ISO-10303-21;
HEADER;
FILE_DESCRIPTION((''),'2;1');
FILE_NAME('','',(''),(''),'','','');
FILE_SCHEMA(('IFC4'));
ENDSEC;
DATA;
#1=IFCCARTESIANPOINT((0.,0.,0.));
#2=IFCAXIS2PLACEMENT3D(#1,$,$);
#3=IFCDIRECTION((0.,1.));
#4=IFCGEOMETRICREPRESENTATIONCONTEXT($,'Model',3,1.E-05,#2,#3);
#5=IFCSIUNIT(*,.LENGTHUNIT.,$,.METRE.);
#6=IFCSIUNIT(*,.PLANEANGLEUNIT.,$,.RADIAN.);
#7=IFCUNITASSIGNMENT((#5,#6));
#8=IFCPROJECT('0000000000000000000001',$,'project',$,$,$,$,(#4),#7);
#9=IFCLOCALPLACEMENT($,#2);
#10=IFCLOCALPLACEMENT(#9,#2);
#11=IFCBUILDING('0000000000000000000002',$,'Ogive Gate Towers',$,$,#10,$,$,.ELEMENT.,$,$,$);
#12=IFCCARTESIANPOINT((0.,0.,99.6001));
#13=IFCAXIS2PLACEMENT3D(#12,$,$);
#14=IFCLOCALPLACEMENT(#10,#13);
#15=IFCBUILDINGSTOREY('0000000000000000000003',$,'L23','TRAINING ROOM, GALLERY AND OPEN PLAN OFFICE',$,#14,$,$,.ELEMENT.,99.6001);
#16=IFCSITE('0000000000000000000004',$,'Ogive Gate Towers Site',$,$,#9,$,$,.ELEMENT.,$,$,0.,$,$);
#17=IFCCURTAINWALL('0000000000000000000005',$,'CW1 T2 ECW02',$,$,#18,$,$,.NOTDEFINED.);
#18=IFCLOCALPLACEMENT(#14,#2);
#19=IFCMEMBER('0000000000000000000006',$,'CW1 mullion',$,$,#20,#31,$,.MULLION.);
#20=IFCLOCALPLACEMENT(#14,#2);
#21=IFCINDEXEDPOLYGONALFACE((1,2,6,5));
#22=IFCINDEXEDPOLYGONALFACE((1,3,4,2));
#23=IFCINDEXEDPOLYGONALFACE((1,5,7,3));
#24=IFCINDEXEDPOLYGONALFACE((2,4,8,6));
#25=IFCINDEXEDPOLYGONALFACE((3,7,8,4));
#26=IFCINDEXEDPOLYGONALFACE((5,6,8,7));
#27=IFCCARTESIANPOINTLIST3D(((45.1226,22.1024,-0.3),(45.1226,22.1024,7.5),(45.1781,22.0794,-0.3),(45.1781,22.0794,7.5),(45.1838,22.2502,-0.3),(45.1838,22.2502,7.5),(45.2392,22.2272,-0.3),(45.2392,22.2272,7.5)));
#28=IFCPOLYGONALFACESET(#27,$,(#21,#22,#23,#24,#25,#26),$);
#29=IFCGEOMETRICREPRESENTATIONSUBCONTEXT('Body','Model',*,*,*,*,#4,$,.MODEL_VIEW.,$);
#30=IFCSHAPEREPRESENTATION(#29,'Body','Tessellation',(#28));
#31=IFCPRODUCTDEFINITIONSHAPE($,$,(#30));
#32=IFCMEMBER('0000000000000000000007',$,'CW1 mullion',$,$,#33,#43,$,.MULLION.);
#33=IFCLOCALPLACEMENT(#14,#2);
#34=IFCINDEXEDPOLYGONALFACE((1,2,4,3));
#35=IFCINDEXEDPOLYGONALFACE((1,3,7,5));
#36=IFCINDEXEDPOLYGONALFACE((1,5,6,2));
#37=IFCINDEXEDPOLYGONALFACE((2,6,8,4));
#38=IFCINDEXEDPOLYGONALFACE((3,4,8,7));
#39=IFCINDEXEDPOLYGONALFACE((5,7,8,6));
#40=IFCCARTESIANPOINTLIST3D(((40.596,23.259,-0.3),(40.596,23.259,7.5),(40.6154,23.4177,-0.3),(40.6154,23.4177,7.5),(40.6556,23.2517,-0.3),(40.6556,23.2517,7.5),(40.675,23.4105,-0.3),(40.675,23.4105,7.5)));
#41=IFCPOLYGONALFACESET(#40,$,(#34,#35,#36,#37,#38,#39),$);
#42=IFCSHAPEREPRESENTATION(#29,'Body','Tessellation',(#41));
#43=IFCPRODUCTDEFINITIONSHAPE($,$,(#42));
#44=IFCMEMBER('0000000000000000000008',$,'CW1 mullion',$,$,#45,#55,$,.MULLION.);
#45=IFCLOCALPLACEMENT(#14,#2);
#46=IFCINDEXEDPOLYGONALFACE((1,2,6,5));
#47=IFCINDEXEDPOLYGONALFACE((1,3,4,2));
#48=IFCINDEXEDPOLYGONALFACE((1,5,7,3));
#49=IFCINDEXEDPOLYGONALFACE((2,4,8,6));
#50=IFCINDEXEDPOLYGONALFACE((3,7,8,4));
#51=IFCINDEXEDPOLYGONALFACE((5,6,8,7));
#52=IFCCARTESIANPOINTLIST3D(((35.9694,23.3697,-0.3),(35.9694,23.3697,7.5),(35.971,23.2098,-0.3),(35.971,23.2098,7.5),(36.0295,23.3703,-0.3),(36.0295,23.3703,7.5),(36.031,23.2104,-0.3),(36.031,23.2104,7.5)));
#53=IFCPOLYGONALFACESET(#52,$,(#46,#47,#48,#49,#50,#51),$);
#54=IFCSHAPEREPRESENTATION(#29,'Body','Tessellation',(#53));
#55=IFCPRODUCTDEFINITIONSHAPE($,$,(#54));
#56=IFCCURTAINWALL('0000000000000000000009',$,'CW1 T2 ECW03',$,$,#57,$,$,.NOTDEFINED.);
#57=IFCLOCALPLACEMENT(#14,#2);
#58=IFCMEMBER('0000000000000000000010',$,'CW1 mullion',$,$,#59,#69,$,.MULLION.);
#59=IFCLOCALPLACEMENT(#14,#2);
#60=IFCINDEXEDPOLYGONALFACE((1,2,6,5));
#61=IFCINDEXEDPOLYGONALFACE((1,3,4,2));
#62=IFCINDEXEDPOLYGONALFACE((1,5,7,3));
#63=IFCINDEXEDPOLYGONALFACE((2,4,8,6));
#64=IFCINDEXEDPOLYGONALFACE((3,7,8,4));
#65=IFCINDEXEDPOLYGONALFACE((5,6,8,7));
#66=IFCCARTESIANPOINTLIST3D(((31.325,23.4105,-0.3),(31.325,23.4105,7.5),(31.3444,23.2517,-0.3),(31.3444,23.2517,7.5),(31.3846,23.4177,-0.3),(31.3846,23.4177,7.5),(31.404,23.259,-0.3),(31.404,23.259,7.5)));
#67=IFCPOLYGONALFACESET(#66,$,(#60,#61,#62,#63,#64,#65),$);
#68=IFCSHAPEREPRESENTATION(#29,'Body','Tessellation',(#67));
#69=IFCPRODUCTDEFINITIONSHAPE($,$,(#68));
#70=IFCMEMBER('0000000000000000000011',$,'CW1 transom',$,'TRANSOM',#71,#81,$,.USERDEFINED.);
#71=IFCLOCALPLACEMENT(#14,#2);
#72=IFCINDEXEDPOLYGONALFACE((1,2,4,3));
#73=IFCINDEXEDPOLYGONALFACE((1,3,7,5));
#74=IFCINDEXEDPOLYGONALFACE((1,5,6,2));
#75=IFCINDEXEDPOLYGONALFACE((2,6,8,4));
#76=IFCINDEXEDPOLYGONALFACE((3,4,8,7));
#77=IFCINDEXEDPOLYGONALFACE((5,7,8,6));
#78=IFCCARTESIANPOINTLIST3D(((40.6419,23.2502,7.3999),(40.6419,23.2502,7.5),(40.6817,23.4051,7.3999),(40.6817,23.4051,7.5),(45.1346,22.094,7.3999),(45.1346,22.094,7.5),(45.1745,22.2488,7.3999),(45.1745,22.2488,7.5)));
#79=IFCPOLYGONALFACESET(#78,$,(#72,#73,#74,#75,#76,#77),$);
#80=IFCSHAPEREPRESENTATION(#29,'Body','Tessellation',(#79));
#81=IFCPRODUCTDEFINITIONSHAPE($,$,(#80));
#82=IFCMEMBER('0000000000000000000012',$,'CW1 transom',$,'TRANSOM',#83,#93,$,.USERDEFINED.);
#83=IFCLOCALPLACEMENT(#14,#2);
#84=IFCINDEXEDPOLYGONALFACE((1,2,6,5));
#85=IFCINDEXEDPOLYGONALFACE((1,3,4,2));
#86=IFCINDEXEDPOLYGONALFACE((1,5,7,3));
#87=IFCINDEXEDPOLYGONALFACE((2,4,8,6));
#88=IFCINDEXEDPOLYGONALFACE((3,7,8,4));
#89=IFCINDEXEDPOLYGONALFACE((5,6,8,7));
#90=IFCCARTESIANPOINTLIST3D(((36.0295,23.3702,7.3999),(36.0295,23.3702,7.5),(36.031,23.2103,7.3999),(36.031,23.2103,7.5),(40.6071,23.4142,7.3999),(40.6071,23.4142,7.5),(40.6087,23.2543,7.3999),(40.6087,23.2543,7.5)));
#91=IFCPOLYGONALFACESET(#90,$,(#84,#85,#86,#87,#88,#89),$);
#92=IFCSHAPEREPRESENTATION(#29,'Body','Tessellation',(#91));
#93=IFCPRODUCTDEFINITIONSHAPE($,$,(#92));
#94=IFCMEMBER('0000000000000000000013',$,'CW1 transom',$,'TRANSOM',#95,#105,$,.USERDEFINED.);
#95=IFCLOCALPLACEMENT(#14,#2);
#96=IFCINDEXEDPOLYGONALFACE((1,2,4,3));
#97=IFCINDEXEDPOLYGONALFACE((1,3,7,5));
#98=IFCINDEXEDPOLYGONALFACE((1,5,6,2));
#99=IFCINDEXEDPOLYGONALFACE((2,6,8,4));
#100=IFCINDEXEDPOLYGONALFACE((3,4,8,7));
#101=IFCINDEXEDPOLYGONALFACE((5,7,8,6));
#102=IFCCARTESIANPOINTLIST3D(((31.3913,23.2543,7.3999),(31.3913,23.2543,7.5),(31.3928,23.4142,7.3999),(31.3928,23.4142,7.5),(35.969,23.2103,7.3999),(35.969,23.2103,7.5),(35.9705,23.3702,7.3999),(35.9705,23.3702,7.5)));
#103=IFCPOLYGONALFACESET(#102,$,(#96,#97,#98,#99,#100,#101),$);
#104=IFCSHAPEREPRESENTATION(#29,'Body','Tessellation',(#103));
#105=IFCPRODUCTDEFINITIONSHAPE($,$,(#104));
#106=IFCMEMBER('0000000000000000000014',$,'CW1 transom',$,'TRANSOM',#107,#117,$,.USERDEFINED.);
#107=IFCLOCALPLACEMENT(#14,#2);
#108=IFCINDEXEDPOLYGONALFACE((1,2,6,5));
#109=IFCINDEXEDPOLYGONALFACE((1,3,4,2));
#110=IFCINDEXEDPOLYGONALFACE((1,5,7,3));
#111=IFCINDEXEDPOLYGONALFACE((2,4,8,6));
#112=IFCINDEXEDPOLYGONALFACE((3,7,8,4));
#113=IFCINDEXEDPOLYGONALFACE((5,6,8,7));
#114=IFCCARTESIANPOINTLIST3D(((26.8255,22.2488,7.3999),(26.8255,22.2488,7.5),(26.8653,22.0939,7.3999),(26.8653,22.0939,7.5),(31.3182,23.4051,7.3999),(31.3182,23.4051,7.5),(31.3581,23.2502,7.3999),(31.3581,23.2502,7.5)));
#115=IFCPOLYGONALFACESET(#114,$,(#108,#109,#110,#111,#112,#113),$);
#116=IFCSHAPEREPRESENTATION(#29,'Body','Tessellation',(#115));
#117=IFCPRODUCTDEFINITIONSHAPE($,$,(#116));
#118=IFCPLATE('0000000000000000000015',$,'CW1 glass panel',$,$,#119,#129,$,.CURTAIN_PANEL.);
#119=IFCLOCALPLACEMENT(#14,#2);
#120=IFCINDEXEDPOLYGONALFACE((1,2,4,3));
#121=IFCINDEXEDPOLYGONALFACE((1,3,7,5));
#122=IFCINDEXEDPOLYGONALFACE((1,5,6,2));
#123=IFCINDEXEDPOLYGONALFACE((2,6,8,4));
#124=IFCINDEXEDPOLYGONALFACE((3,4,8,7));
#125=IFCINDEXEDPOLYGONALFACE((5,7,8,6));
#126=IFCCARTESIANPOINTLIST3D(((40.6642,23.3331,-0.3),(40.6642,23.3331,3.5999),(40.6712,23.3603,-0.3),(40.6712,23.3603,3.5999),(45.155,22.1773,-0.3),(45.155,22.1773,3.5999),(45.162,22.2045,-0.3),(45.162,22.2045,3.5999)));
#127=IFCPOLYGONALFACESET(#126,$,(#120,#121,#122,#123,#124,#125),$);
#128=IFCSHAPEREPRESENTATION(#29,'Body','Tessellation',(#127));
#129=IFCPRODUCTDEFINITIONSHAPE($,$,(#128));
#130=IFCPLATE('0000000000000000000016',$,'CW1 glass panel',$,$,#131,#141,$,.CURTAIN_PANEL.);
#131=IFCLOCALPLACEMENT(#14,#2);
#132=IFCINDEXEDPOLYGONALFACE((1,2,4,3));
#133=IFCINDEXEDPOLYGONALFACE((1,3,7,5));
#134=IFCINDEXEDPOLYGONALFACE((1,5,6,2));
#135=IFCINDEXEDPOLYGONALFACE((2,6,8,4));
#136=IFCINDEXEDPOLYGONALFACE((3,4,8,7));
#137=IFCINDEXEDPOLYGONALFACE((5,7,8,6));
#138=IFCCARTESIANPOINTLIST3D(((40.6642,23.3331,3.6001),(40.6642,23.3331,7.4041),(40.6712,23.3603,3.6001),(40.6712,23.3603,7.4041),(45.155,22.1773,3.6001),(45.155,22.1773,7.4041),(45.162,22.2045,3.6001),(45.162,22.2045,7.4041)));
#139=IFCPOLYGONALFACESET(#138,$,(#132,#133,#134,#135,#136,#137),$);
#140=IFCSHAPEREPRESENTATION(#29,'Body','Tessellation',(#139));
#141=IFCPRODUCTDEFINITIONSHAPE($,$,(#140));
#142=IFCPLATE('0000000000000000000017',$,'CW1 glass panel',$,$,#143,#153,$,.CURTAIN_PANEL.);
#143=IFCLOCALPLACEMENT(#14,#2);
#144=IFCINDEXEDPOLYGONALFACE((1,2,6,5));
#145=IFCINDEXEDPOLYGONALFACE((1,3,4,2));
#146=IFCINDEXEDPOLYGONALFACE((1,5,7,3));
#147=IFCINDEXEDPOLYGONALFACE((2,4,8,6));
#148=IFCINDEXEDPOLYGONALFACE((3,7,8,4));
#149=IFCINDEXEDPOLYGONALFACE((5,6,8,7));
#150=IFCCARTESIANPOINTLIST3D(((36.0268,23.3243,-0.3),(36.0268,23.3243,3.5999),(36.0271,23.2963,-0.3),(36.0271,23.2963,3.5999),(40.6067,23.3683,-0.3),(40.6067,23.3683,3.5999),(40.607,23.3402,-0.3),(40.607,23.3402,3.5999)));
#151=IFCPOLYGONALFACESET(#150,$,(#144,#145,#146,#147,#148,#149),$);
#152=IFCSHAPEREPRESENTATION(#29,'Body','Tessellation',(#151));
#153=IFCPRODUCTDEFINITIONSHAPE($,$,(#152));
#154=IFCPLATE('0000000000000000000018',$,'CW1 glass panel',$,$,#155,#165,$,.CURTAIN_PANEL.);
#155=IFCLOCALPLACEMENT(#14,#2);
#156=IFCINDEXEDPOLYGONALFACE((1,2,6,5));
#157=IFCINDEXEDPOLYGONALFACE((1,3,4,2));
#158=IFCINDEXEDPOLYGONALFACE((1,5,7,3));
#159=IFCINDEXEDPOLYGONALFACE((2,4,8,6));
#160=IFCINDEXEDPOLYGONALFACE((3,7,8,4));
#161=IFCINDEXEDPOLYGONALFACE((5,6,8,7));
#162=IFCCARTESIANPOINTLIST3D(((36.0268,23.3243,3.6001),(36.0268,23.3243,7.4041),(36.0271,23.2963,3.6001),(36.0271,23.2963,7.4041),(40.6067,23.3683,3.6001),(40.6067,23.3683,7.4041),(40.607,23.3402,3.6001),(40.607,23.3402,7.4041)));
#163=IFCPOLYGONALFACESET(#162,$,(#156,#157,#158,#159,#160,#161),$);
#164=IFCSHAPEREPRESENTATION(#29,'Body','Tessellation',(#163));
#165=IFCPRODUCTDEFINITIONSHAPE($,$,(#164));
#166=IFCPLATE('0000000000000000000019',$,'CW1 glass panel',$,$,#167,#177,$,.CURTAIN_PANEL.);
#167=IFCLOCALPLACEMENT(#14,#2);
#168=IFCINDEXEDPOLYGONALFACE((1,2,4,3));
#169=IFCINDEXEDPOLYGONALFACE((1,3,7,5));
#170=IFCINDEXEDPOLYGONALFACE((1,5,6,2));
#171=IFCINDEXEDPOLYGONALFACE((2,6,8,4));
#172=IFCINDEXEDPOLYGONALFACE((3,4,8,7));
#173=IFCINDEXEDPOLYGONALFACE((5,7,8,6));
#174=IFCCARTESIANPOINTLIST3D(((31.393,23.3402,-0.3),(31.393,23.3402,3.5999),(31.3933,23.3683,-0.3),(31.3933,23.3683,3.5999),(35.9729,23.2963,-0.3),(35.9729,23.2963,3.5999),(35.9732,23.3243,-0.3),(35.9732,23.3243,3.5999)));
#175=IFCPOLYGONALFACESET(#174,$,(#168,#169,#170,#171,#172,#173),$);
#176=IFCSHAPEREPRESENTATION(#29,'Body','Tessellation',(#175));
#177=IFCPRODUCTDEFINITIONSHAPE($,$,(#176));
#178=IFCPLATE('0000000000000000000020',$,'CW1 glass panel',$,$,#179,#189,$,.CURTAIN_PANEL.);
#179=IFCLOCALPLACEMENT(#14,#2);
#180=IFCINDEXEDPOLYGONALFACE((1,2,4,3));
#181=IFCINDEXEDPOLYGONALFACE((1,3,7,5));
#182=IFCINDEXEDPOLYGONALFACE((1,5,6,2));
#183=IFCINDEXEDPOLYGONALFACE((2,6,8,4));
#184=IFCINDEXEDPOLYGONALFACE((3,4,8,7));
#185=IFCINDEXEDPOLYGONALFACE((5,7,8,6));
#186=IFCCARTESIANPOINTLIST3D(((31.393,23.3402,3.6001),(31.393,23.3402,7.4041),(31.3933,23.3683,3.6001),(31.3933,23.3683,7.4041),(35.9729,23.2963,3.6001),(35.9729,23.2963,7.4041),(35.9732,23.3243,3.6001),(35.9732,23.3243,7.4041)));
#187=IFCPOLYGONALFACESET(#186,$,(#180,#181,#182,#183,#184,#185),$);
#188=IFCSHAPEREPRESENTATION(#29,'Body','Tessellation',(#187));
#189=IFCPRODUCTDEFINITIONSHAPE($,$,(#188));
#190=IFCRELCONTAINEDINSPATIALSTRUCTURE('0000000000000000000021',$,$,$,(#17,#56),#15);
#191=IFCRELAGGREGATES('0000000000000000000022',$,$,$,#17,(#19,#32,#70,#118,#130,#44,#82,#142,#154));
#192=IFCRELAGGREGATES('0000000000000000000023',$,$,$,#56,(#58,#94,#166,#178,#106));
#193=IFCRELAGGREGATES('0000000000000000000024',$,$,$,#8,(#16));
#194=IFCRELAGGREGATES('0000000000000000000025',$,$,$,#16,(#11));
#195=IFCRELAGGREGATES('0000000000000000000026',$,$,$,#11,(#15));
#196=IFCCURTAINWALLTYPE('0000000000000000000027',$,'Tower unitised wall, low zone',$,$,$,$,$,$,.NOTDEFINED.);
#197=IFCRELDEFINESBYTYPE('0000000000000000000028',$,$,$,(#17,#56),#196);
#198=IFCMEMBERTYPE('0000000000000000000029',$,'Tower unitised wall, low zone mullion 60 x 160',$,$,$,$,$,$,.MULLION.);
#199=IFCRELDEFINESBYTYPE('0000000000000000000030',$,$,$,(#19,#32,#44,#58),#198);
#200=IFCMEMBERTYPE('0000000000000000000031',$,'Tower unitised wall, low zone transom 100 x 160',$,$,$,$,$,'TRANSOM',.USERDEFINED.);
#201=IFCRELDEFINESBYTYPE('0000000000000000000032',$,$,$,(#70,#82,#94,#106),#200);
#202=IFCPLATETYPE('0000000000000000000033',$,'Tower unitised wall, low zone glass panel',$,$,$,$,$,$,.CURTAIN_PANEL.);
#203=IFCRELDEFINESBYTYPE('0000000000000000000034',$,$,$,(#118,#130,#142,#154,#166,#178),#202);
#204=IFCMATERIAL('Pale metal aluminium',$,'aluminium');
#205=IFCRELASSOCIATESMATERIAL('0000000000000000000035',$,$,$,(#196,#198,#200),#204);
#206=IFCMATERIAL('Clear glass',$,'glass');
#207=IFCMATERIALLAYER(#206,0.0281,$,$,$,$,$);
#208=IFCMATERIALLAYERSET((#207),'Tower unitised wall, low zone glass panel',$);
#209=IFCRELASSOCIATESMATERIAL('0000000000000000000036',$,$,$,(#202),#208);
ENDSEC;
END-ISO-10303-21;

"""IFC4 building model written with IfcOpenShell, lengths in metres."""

from ifc_helpers import new_model, si_unit, direction, frame, origin, origin_2d, place, context, subcontext, project, spatial, rectangle, extrude, material, layer, layer_set, material_profile, profile_set, type_object, element, aggregate, save


model = new_model("IFC4")

# Units and contexts
model_context = context("Model", 3, precision=1e-05, world=origin(), true_north=direction((0.0, 1.0)))
body_context = subcontext(model_context, "Body", "Model", "MODEL_VIEW")
ifc_project = project(units=[si_unit("LENGTHUNIT", "METRE"), si_unit("PLANEANGLEUNIT", "RADIAN")], contexts=[model_context])

# Site, building, storey
site_placement = place(None, origin())
site = spatial("IfcSite", under=ifc_project, at=site_placement, Name="Ogive Gate Towers Site", CompositionType="ELEMENT", RefElevation=0.0)
building_placement = place(site_placement, origin())
building = spatial("IfcBuilding", under=site, at=building_placement, Name="Ogive Gate Towers", CompositionType="ELEMENT")
storey_placement = place(building_placement, frame((0.0, 0.0, 99.6001)))
storey = spatial("IfcBuildingStorey", under=building, at=storey_placement, Name="L23", Description="TRAINING ROOM, GALLERY AND OPEN PLAN OFFICE", CompositionType="ELEMENT", Elevation=99.6001)

# Curtain wall, members
ifc_material_1 = material(Name="Pale metal aluminium", Category="aluminium")
curtain_wall_type = type_object("IfcCurtainWallType", Name="Tower unitised wall, low zone", PredefinedType="NOTDEFINED", material=ifc_material_1)
curtain_wall_1_placement = place(storey_placement, origin())
curtain_wall_1 = element("IfcCurtainWall", 1, at=curtain_wall_1_placement, inside=storey, type_object=curtain_wall_type, Name="CW1 T2 ECW02", PredefinedType="NOTDEFINED")
ifc_material_profile_1 = material_profile(ifc_material_1, rectangle(XDim=0.1599, YDim=0.0601, at=origin_2d()), Name="60 x 160 aluminium box")
ifc_profile_set_1 = profile_set([ifc_material_profile_1], Name="Pale metal aluminium")
member_type_1 = type_object("IfcMemberType", Name="Tower unitised wall, low zone mullion 60 x 160", PredefinedType="MULLION", material=ifc_profile_set_1)
member_1_placement = place(storey_placement, frame((45.1809, 22.1648, -0.3), z_axis=(0.0, 0.0, 1.0), x_axis=(0.382683, 0.92388, 0.0)))
member_1 = element("IfcMember", 2, at=member_1_placement, type_object=member_type_1, Name="CW1 mullion", PredefinedType="MULLION", context=body_context, shape_type="SweptSolid", body=[
    extrude(rectangle(XDim=0.1599, YDim=0.0601, at=origin_2d()), origin(), (0.0, 0.0, 1.0), 7.8),
])
member_2_placement = place(storey_placement, frame((40.6355, 23.3347, -0.3), z_axis=(0.0, 0.0, 1.0), x_axis=(0.120847, 0.992671, 0.0)))
member_2 = element("IfcMember", 3, at=member_2_placement, type_object=member_type_1, Name="CW1 mullion", PredefinedType="MULLION", context=body_context, shape_type="SweptSolid", body=[
    extrude(rectangle(XDim=0.1599, YDim=0.0601, at=origin_2d()), origin(), (0.0, 0.0, 1.0), 7.8),
])
member_3_placement = place(storey_placement, frame((36.0002, 23.29, -0.3), z_axis=(0.0, 0.0, 1.0), x_axis=(-0.009599, 0.999954, 0.0)))
member_3 = element("IfcMember", 4, at=member_3_placement, type_object=member_type_1, Name="CW1 mullion", PredefinedType="MULLION", context=body_context, shape_type="SweptSolid", body=[
    extrude(rectangle(XDim=0.1599, YDim=0.0601, at=origin_2d()), origin(), (0.0, 0.0, 1.0), 7.8),
])

# Curtain wall, member
curtain_wall_2_placement = place(storey_placement, origin())
curtain_wall_2 = element("IfcCurtainWall", 5, at=curtain_wall_2_placement, inside=storey, type_object=curtain_wall_type, Name="CW1 T2 ECW03", PredefinedType="NOTDEFINED")
member_4_placement = place(storey_placement, frame((31.3645, 23.3347, -0.3), z_axis=(0.0, 0.0, 1.0), x_axis=(-0.120847, 0.992671, 0.0)))
member_4 = element("IfcMember", 6, at=member_4_placement, type_object=member_type_1, Name="CW1 mullion", PredefinedType="MULLION", context=body_context, shape_type="SweptSolid", body=[
    extrude(rectangle(XDim=0.1599, YDim=0.0601, at=origin_2d()), origin(), (0.0, 0.0, 1.0), 7.8),
])

# Members
ifc_material_profile_2 = material_profile(ifc_material_1, rectangle(XDim=0.1599, YDim=0.1001, at=origin_2d()), Name="100 x 160 aluminium box")
ifc_profile_set_2 = profile_set([ifc_material_profile_2], Name="Pale metal aluminium")
member_type_2 = type_object("IfcMemberType", Name="Tower unitised wall, low zone transom 100 x 160", ElementType="TRANSOM", PredefinedType="USERDEFINED", material=ifc_profile_set_2)
member_5_placement = place(storey_placement, frame((45.1545, 22.1714, 7.45), z_axis=(-0.968441, 0.249241, 0.0), x_axis=(-0.249241, -0.968441, 0.0)))
member_5 = element("IfcMember", 7, at=member_5_placement, type_object=member_type_2, Name="CW1 transom", ObjectType="TRANSOM", PredefinedType="USERDEFINED", context=body_context, shape_type="SweptSolid", body=[
    extrude(rectangle(XDim=0.1599, YDim=0.1001, at=origin_2d()), origin(), (0.0, 0.0, 1.0), 4.6392),
])
member_6_placement = place(storey_placement, frame((40.6079, 23.3342, 7.45), z_axis=(-0.999954, -0.0096, 0.0), x_axis=(0.0096, -0.999954, 0.0)))
member_6 = element("IfcMember", 8, at=member_6_placement, type_object=member_type_2, Name="CW1 transom", ObjectType="TRANSOM", PredefinedType="USERDEFINED", context=body_context, shape_type="SweptSolid", body=[
    extrude(rectangle(XDim=0.1599, YDim=0.1001, at=origin_2d()), origin(), (0.0, 0.0, 1.0), 4.5779),
])
member_7_placement = place(storey_placement, frame((35.9697, 23.2903, 7.45), z_axis=(-0.999954, 0.0096, 0.0), x_axis=(-0.0096, -0.999954, 0.0)))
member_7 = element("IfcMember", 9, at=member_7_placement, type_object=member_type_2, Name="CW1 transom", ObjectType="TRANSOM", PredefinedType="USERDEFINED", context=body_context, shape_type="SweptSolid", body=[
    extrude(rectangle(XDim=0.1599, YDim=0.1001, at=origin_2d()), origin(), (0.0, 0.0, 1.0), 4.5779),
])
member_8_placement = place(storey_placement, frame((31.3381, 23.3276, 7.45), z_axis=(-0.968441, -0.249241, 0.0), x_axis=(0.249241, -0.968441, 0.0)))
member_8 = element("IfcMember", 10, at=member_8_placement, type_object=member_type_2, Name="CW1 transom", ObjectType="TRANSOM", PredefinedType="USERDEFINED", context=body_context, shape_type="SweptSolid", body=[
    extrude(rectangle(XDim=0.1599, YDim=0.1001, at=origin_2d()), origin(), (0.0, 0.0, 1.0), 4.6392),
])

# Plates
ifc_material_2 = material(Name="Clear glass", Category="glass")
ifc_layer_1 = layer(ifc_material_2, 0.0281)
ifc_layer_set_1 = layer_set([ifc_layer_1], Name="Tower unitised wall, low zone glass panel")
plate_type = type_object("IfcPlateType", Name="Tower unitised wall, low zone glass panel", PredefinedType="CURTAIN_PANEL", material=ifc_layer_set_1)
plate_1_placement = place(storey_placement, frame((42.9131, 22.7688, -0.3), z_axis=(0.0, 0.0, 1.0), x_axis=(-0.96844, 0.249248, 0.0)))
plate_1 = element("IfcPlate", 11, at=plate_1_placement, type_object=plate_type, Name="CW1 glass panel", PredefinedType="CURTAIN_PANEL", context=body_context, shape_type="SweptSolid", body=[
    extrude(rectangle(XDim=4.6372, YDim=0.0281, at=origin_2d()), origin(), (0.0, 0.0, 1.0), 3.8999),
])
plate_2_placement = place(storey_placement, frame((42.9131, 22.7688, 3.6001), z_axis=(0.0, 0.0, 1.0), x_axis=(-0.96844, 0.249248, 0.0)))
plate_2 = element("IfcPlate", 12, at=plate_2_placement, type_object=plate_type, Name="CW1 glass panel", PredefinedType="CURTAIN_PANEL", context=body_context, shape_type="SweptSolid", body=[
    extrude(rectangle(XDim=4.6372, YDim=0.0281, at=origin_2d()), origin(), (0.0, 0.0, 1.0), 3.804),
])
plate_3_placement = place(storey_placement, frame((38.3169, 23.3323, -0.3), z_axis=(0.0, 0.0, 1.0), x_axis=(-0.999954, -0.009599, 0.0)))
plate_3 = element("IfcPlate", 13, at=plate_3_placement, type_object=plate_type, Name="CW1 glass panel", PredefinedType="CURTAIN_PANEL", context=body_context, shape_type="SweptSolid", body=[
    extrude(rectangle(XDim=4.5801, YDim=0.0281, at=origin_2d()), origin(), (0.0, 0.0, 1.0), 3.8999),
])
plate_4_placement = place(storey_placement, frame((38.3169, 23.3323, 3.6001), z_axis=(0.0, 0.0, 1.0), x_axis=(-0.999954, -0.009599, 0.0)))
plate_4 = element("IfcPlate", 14, at=plate_4_placement, type_object=plate_type, Name="CW1 glass panel", PredefinedType="CURTAIN_PANEL", context=body_context, shape_type="SweptSolid", body=[
    extrude(rectangle(XDim=4.5801, YDim=0.0281, at=origin_2d()), origin(), (0.0, 0.0, 1.0), 3.804),
])
aggregate(curtain_wall_1, [member_1, member_2, member_5, plate_1, plate_2, member_3, member_6, plate_3, plate_4])
plate_5_placement = place(storey_placement, frame((33.6831, 23.3323, -0.3), z_axis=(0.0, 0.0, 1.0), x_axis=(-0.999954, 0.009599, 0.0)))
plate_5 = element("IfcPlate", 15, at=plate_5_placement, type_object=plate_type, Name="CW1 glass panel", PredefinedType="CURTAIN_PANEL", context=body_context, shape_type="SweptSolid", body=[
    extrude(rectangle(XDim=4.5801, YDim=0.0281, at=origin_2d()), origin(), (0.0, 0.0, 1.0), 3.8999),
])
plate_6_placement = place(storey_placement, frame((33.6831, 23.3323, 3.6001), z_axis=(0.0, 0.0, 1.0), x_axis=(-0.999954, 0.009599, 0.0)))
plate_6 = element("IfcPlate", 16, at=plate_6_placement, type_object=plate_type, Name="CW1 glass panel", PredefinedType="CURTAIN_PANEL", context=body_context, shape_type="SweptSolid", body=[
    extrude(rectangle(XDim=4.5801, YDim=0.0281, at=origin_2d()), origin(), (0.0, 0.0, 1.0), 3.804),
])
aggregate(curtain_wall_2, [member_4, member_7, plate_5, plate_6, member_8])

save(model, "model.ifc")
